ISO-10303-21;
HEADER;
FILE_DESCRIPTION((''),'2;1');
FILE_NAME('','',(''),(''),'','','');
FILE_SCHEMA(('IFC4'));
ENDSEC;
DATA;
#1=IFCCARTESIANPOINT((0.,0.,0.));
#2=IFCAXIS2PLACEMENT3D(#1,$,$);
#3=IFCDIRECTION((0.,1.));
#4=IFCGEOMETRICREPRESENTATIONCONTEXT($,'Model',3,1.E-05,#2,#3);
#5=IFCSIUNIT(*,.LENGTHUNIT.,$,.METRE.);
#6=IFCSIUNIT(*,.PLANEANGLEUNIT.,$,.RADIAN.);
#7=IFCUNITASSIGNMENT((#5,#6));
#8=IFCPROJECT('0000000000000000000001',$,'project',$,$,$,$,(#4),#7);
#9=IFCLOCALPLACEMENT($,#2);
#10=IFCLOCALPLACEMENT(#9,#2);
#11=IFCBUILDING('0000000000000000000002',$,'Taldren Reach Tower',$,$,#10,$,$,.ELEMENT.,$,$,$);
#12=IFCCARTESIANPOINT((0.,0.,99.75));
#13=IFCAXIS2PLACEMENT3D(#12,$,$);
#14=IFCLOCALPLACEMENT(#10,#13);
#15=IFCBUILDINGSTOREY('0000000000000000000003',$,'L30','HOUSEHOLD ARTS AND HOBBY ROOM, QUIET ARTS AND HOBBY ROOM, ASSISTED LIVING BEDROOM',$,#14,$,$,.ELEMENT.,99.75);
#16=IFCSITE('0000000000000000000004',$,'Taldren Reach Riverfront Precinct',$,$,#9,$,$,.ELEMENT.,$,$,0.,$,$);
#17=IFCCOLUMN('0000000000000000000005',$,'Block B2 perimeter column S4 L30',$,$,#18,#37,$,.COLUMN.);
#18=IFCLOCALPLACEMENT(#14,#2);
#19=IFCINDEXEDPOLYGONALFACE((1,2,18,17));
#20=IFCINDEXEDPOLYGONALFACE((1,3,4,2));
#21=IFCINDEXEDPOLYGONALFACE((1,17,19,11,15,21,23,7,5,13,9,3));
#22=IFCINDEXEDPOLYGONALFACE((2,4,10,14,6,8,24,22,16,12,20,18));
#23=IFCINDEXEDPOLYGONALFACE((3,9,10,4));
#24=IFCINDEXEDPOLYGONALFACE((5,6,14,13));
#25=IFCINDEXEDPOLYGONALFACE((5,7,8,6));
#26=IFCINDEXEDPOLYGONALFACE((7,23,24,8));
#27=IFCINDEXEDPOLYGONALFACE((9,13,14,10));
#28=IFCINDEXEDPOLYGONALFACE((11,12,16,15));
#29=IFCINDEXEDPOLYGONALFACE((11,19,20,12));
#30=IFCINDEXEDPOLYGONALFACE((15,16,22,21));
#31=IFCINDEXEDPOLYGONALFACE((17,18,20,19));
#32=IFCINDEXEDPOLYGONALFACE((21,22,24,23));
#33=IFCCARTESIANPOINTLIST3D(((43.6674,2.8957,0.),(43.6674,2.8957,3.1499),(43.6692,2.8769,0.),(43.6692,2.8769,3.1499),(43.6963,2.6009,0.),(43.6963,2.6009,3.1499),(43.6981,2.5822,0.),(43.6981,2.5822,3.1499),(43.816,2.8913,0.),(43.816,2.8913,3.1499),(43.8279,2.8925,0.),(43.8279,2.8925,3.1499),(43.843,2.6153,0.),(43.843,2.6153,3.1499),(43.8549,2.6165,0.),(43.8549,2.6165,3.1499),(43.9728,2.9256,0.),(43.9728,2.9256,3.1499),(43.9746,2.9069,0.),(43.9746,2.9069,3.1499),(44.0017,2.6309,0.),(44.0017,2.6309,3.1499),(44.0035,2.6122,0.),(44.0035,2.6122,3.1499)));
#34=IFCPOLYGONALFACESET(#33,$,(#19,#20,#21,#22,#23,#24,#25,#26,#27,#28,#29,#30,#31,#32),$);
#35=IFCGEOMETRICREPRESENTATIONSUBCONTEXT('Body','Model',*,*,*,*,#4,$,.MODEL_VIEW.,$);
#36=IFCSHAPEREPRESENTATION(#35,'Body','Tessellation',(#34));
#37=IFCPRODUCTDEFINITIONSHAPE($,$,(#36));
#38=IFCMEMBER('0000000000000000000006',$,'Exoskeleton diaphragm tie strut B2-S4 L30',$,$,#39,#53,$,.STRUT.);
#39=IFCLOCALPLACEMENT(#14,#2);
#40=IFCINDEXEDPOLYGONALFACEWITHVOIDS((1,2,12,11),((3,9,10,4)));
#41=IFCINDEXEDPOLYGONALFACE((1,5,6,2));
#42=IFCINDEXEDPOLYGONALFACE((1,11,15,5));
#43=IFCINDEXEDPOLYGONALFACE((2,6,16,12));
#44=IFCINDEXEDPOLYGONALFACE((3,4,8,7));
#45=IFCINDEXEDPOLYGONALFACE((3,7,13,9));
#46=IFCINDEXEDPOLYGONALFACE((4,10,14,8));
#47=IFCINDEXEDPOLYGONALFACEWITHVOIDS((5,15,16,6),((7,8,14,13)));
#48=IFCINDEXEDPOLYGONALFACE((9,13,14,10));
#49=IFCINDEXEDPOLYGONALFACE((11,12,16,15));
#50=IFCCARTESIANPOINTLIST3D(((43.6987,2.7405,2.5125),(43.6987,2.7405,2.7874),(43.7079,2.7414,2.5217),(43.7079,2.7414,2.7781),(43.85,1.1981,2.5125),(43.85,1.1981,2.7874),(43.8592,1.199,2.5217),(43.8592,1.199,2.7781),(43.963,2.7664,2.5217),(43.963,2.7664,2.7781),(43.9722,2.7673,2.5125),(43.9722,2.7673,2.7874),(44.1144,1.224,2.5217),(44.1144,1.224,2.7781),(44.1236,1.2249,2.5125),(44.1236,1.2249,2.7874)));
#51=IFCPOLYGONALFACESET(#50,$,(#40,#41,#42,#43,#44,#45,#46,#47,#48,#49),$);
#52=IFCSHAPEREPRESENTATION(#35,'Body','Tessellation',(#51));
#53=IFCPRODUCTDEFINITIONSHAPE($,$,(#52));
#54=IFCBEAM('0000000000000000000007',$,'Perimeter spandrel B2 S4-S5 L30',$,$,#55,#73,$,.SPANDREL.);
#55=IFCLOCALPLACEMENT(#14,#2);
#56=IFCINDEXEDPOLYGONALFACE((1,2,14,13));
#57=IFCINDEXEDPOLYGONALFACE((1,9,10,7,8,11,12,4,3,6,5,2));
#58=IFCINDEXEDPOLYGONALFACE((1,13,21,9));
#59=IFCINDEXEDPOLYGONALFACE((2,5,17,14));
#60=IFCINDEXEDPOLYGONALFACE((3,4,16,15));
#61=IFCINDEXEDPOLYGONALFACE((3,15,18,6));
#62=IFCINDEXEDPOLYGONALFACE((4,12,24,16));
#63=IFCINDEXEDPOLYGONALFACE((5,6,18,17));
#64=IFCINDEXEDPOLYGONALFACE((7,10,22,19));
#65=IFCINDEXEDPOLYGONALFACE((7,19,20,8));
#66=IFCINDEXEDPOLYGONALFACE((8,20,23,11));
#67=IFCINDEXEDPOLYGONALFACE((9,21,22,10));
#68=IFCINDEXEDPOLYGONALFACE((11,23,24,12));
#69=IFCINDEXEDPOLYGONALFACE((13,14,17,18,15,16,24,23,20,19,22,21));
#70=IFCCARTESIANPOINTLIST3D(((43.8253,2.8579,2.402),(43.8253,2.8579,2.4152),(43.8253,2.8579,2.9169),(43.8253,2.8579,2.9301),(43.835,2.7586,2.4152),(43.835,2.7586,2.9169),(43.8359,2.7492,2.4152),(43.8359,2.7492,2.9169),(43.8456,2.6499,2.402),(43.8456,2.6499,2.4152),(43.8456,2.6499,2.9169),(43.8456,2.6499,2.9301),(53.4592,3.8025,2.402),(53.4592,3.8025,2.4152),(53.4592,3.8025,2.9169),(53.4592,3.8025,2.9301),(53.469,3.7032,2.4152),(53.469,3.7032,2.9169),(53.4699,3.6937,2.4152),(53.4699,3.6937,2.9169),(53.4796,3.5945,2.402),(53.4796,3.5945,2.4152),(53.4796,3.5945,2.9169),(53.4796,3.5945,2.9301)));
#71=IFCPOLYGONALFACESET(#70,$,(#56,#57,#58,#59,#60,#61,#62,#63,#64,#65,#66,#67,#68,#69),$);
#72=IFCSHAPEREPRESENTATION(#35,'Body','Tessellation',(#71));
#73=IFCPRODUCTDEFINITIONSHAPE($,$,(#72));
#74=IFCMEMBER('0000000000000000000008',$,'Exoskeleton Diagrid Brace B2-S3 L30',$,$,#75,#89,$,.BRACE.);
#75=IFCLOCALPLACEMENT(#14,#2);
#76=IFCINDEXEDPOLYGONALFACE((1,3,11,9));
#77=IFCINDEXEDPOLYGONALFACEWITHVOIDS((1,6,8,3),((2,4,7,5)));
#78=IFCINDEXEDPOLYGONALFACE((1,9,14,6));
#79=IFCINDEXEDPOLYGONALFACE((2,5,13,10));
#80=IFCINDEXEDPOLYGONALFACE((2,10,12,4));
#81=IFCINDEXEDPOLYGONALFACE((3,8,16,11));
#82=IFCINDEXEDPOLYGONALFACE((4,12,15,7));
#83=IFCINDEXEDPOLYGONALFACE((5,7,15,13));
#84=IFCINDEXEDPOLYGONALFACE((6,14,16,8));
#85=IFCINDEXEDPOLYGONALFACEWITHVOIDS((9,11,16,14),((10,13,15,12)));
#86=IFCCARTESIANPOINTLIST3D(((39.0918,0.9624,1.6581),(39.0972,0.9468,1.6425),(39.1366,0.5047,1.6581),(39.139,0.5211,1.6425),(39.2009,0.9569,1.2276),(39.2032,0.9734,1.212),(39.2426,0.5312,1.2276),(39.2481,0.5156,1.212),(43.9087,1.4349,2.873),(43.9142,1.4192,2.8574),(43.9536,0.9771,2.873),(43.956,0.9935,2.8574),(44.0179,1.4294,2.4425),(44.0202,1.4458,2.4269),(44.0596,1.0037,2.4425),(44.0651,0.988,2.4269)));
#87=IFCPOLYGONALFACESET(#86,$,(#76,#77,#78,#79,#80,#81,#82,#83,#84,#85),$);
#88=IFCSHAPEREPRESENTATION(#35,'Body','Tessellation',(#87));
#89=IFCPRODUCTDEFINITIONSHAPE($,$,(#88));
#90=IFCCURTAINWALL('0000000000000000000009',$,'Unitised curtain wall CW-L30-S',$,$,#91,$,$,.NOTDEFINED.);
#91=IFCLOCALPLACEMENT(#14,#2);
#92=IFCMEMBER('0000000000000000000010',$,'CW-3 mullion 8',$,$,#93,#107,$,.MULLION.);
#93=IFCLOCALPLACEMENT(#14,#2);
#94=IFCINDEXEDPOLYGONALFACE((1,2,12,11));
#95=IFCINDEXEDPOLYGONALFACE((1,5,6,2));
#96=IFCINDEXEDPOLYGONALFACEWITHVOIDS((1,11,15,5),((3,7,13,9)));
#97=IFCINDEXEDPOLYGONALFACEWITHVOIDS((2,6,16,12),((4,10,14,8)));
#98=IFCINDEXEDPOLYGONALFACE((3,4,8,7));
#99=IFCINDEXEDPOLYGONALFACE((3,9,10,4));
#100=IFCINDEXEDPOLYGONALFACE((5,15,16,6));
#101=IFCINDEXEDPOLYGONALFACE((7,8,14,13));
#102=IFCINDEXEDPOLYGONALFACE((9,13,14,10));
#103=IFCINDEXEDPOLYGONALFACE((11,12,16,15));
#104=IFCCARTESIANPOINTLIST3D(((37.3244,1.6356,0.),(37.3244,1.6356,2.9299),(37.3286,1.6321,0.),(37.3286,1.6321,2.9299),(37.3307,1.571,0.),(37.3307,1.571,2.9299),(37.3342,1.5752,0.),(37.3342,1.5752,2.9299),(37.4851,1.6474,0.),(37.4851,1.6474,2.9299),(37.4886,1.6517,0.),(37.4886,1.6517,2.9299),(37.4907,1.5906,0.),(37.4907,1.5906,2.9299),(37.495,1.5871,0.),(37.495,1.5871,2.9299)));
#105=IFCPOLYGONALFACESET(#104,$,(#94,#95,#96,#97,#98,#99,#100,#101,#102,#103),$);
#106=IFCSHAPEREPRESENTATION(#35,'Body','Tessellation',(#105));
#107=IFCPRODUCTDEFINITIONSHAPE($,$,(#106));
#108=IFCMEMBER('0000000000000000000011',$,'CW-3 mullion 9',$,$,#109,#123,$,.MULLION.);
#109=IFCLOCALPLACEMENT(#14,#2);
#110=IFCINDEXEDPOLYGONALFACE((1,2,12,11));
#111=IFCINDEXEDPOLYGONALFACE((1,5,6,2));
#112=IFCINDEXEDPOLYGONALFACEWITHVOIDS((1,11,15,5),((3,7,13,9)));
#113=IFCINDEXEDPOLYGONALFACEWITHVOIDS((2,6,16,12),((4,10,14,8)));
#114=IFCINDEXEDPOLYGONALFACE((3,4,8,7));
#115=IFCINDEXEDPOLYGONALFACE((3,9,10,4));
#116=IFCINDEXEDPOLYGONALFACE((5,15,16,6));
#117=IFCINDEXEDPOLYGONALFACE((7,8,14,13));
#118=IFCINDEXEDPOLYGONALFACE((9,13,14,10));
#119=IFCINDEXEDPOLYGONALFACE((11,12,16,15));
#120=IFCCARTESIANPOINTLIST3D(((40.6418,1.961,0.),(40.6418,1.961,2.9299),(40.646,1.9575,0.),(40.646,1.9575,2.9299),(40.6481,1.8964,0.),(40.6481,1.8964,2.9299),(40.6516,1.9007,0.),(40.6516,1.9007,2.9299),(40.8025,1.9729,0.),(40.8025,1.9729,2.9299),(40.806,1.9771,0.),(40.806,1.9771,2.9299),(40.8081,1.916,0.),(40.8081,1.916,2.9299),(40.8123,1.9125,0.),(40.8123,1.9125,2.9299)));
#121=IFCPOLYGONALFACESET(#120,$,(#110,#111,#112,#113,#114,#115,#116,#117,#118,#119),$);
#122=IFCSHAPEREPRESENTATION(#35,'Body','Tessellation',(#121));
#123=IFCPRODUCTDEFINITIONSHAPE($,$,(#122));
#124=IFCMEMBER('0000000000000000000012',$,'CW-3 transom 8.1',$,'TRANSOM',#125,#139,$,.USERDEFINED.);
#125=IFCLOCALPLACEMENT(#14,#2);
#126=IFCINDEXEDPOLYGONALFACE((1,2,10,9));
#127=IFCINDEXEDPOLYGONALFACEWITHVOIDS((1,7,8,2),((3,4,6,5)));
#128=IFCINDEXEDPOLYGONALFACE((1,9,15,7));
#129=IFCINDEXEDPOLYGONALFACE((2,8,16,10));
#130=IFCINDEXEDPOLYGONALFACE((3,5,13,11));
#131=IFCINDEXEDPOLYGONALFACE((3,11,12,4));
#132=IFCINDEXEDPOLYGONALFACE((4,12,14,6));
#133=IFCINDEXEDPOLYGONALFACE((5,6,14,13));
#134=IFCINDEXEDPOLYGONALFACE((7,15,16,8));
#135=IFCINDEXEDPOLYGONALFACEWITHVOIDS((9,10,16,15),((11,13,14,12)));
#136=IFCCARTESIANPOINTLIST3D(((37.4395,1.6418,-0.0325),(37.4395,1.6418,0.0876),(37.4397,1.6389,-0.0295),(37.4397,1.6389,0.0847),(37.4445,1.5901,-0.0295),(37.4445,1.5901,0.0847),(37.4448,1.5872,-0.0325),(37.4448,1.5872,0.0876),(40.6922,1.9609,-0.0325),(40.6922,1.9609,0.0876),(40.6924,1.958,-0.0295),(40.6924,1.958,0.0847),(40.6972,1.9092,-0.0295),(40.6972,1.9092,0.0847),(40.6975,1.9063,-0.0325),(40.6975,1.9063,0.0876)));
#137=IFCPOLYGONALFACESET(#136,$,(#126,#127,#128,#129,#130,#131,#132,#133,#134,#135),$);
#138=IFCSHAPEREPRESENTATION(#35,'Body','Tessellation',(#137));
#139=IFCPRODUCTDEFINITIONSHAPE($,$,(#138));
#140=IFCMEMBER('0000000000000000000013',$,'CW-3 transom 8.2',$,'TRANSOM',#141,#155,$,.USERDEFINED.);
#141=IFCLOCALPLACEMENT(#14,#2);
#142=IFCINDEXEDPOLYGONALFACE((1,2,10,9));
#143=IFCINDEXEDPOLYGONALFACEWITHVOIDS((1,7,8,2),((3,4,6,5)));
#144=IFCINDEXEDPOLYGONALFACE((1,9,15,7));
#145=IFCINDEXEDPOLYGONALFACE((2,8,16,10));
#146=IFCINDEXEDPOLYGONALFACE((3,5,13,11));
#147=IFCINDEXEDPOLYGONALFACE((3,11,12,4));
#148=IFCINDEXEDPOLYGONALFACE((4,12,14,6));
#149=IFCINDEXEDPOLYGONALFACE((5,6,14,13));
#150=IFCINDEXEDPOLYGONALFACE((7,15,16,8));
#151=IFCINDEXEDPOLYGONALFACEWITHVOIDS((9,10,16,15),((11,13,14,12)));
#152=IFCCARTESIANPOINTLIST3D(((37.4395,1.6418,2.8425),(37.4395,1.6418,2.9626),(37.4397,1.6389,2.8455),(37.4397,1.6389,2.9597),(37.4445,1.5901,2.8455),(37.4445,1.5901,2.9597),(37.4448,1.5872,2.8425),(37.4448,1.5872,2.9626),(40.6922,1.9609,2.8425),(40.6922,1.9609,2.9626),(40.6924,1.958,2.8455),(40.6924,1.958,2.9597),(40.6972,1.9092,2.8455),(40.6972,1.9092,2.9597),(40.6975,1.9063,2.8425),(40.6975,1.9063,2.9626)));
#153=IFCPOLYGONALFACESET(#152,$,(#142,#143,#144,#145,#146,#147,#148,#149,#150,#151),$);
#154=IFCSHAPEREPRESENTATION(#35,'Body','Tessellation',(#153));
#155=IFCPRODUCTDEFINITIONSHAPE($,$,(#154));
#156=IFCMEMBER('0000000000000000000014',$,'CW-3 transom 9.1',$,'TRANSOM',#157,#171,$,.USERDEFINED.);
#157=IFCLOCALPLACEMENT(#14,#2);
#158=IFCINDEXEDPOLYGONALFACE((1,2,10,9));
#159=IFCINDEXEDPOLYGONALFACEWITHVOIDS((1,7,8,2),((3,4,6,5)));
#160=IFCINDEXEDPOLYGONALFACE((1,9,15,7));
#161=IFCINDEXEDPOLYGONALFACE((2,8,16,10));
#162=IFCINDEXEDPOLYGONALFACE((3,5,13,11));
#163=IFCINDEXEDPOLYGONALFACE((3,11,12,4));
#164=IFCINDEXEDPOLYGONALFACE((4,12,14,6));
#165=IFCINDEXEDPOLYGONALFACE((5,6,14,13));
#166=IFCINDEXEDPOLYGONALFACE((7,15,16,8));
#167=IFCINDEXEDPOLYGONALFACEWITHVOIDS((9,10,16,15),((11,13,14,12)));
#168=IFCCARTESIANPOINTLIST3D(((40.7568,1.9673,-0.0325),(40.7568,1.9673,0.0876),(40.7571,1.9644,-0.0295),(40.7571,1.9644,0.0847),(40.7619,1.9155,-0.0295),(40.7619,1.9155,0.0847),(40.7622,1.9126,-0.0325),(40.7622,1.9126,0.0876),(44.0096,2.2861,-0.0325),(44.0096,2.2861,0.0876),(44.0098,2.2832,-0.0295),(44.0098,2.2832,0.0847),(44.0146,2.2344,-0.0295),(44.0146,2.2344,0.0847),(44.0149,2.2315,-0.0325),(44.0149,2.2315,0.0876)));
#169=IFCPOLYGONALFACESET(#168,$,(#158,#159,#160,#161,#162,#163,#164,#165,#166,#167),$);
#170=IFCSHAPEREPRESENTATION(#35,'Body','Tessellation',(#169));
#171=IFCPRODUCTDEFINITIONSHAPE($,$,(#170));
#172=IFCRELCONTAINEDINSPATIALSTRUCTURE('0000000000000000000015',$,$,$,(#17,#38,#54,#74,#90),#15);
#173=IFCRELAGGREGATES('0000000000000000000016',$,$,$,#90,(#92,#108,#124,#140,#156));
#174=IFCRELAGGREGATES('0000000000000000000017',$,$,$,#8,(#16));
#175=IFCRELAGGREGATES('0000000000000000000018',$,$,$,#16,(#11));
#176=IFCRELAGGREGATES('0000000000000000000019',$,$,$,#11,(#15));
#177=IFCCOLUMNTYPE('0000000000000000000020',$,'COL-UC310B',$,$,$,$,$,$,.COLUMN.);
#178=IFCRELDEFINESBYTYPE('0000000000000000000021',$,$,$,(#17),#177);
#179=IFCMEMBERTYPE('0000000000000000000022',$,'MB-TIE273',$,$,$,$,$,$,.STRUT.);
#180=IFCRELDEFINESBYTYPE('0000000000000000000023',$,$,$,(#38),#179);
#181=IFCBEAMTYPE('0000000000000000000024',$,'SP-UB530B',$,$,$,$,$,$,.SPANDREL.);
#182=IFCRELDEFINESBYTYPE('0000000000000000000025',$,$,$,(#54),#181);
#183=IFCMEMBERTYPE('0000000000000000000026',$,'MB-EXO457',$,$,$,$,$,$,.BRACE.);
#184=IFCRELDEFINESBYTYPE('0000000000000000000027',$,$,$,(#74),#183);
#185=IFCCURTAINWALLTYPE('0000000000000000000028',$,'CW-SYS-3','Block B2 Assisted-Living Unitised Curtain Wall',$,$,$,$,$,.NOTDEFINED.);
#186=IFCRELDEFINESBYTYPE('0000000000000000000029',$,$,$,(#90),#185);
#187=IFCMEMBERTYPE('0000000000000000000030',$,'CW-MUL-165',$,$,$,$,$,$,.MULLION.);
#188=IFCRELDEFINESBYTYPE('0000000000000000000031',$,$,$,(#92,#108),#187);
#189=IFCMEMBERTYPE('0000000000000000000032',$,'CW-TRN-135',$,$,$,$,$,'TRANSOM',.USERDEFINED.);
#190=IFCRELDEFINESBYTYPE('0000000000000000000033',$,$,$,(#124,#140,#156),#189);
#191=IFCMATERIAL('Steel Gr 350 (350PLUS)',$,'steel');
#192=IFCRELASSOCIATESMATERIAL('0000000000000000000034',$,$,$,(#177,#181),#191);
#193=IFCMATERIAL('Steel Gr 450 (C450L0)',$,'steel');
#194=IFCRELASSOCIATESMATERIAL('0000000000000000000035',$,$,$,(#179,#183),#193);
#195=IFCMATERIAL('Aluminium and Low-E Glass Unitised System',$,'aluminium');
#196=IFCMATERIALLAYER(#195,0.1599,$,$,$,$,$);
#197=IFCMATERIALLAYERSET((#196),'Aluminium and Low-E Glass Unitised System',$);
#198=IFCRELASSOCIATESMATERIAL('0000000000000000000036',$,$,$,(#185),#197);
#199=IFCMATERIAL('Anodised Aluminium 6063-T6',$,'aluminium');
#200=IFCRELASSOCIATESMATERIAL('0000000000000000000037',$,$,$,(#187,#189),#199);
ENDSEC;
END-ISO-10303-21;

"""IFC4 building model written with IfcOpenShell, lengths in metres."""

from ifc_helpers import new_model, si_unit, direction, frame, origin, origin_2d, place, context, subcontext, project, spatial, hollow_rectangle, i_section, extrude, source, transform, mapped, material, layer, layer_set, material_profile, profile_set, type_object, element, aggregate, save


model = new_model("IFC4")

# Units and contexts
model_context = context("Model", 3, precision=1e-05, world=origin(), true_north=direction((0.0, 1.0)))
body_context = subcontext(model_context, "Body", "Model", "MODEL_VIEW")
ifc_project = project(units=[si_unit("LENGTHUNIT", "METRE"), si_unit("PLANEANGLEUNIT", "RADIAN")], contexts=[model_context])

# Site, building, storey
site_placement = place(None, origin())
site = spatial("IfcSite", under=ifc_project, at=site_placement, Name="Taldren Reach Riverfront Precinct", CompositionType="ELEMENT", RefElevation=0.0)
building_placement = place(site_placement, origin())
building = spatial("IfcBuilding", under=site, at=building_placement, Name="Taldren Reach Tower", CompositionType="ELEMENT")
storey_placement = place(building_placement, frame((0.0, 0.0, 99.75)))
storey = spatial("IfcBuildingStorey", under=building, at=storey_placement, Name="L30", Description="HOUSEHOLD ARTS AND HOBBY ROOM, QUIET ARTS AND HOBBY ROOM, ASSISTED LIVING BEDROOM", CompositionType="ELEMENT", Elevation=99.75)

# Column
ifc_material_1 = material(Name="Steel Gr 350 (350PLUS)", Category="steel")
ifc_material_profile_1 = material_profile(ifc_material_1, i_section(OverallWidth=0.3069, OverallDepth=0.3149, WebThickness=0.012, FlangeThickness=0.0188, at=origin_2d()), Name="310UC118")
ifc_profile_set_1 = profile_set([ifc_material_profile_1], Name="Steel Gr 350 (350PLUS)")
column_type = type_object("IfcColumnType", Name="COL-UC310B", PredefinedType="COLUMN", material=ifc_profile_set_1)
shared_shape_1 = source(origin(), body_context, "Body", "SweptSolid", [
    extrude(i_section(OverallWidth=0.3069, OverallDepth=0.3149, WebThickness=0.012, FlangeThickness=0.0188, at=origin_2d()), origin(), (0.0, 0.0, 1.0), 3.1499),
])
column_placement = place(storey_placement, frame((43.8354, 2.7539, 0.0), z_axis=(0.0, 0.0, 1.0), x_axis=(0.995227, 0.097583, 0.0)))
element("IfcColumn", 1, at=column_placement, inside=storey, type_object=column_type, Name="Block B2 perimeter column S4 L30", PredefinedType="COLUMN", context=body_context, shape_type="MappedRepresentation", body=[
    mapped(shared_shape_1, transform((0.0, 0.0, 0.0), scale=1.0)),
])

# Member
ifc_material_2 = material(Name="Steel Gr 450 (C450L0)", Category="steel")
ifc_material_profile_2 = material_profile(ifc_material_2, hollow_rectangle(XDim=0.2749, YDim=0.2749, WallThickness=0.0093, at=origin_2d()), Name="275x275x9.3SHS")
ifc_profile_set_2 = profile_set([ifc_material_profile_2], Name="Steel Gr 450 (C450L0)")
member_type_1 = type_object("IfcMemberType", Name="MB-TIE273", PredefinedType="STRUT", material=ifc_profile_set_2)
shared_shape_2 = source(origin(), body_context, "Body", "SweptSolid", [
    extrude(hollow_rectangle(XDim=0.2749, YDim=0.2749, WallThickness=0.0093, at=origin_2d()), origin(), (0.0, 0.0, 1.0), 1.5498),
])
member_1_placement = place(storey_placement, frame((43.8354, 2.7539, 2.6499), z_axis=(0.097663, -0.99522, 0.0), x_axis=(0.99522, 0.097663, 0.0)))
element("IfcMember", 2, at=member_1_placement, inside=storey, type_object=member_type_1, Name="Exoskeleton diaphragm tie strut B2-S4 L30", PredefinedType="STRUT", context=body_context, shape_type="MappedRepresentation", body=[
    mapped(shared_shape_2, transform((0.0, 0.0, 0.0), scale=1.0)),
])

# Beam
ifc_material_profile_3 = material_profile(ifc_material_1, i_section(OverallWidth=0.209, OverallDepth=0.5281, WebThickness=0.0095, FlangeThickness=0.0132, at=origin_2d()), Name="530UB82.0")
ifc_profile_set_3 = profile_set([ifc_material_profile_3], Name="Steel Gr 350 (350PLUS)")
beam_type = type_object("IfcBeamType", Name="SP-UB530B", PredefinedType="SPANDREL", material=ifc_profile_set_3)
shared_shape_3 = source(origin(), body_context, "Body", "SweptSolid", [
    extrude(i_section(OverallWidth=0.209, OverallDepth=0.5281, WebThickness=0.0095, FlangeThickness=0.0132, at=origin_2d()), origin(), (0.0, 0.0, 1.0), 9.6802),
])
beam_placement = place(storey_placement, frame((43.8354, 2.7539, 2.666), z_axis=(0.995228, 0.097578, 0.0), x_axis=(-0.097578, 0.995228, 0.0)))
element("IfcBeam", 3, at=beam_placement, inside=storey, type_object=beam_type, Name="Perimeter spandrel B2 S4-S5 L30", PredefinedType="SPANDREL", context=body_context, shape_type="MappedRepresentation", body=[
    mapped(shared_shape_3, transform((0.0, 0.0, 0.0), scale=1.0)),
])

# Member
ifc_material_profile_4 = material_profile(ifc_material_2, hollow_rectangle(XDim=0.46, YDim=0.46, WallThickness=0.0161, at=origin_2d()), Name="460x460x16.0SHS")
ifc_profile_set_4 = profile_set([ifc_material_profile_4], Name="Steel Gr 450 (C450L0)")
member_type_2 = type_object("IfcMemberType", Name="MB-EXO457", PredefinedType="BRACE", material=ifc_profile_set_4)
shared_shape_4 = source(origin(), body_context, "Body", "SweptSolid", [
    extrude(hollow_rectangle(XDim=0.46, YDim=0.46, WallThickness=0.0161, at=origin_2d()), origin(), (0.0, 0.0, 1.0), 4.9902),
])
member_2_placement = place(storey_placement, frame((39.1699, 0.739, 1.4351), z_axis=(0.965283, 0.094669, 0.243449), x_axis=(-0.097606, 0.995225, 0.0)))
element("IfcMember", 4, at=member_2_placement, inside=storey, type_object=member_type_2, Name="Exoskeleton Diagrid Brace B2-S3 L30", PredefinedType="BRACE", context=body_context, shape_type="MappedRepresentation", body=[
    mapped(shared_shape_4, transform((0.0, 0.0, 0.0), scale=1.0)),
])

# Curtain wall, members
ifc_material_3 = material(Name="Aluminium and Low-E Glass Unitised System", Category="aluminium")
ifc_layer_1 = layer(ifc_material_3, 0.1599)
ifc_layer_set_1 = layer_set([ifc_layer_1], Name="Aluminium and Low-E Glass Unitised System")
curtain_wall_type = type_object("IfcCurtainWallType", Name="CW-SYS-3", Description="Block B2 Assisted-Living Unitised Curtain Wall", PredefinedType="NOTDEFINED", material=ifc_layer_set_1)
curtain_wall_placement = place(storey_placement, origin())
curtain_wall = element("IfcCurtainWall", 5, at=curtain_wall_placement, inside=storey, type_object=curtain_wall_type, Name="Unitised curtain wall CW-L30-S", PredefinedType="NOTDEFINED")
ifc_material_4 = material(Name="Anodised Aluminium 6063-T6", Category="aluminium")
ifc_material_profile_5 = material_profile(ifc_material_4, hollow_rectangle(XDim=0.0649, YDim=0.165, WallThickness=0.0039, at=origin_2d()), Name="ALU-165x65x4RHS")
ifc_profile_set_5 = profile_set([ifc_material_profile_5], Name="Anodised Aluminium 6063-T6")
member_type_3 = type_object("IfcMemberType", Name="CW-MUL-165", PredefinedType="MULLION", material=ifc_profile_set_5)
shared_shape_5 = source(origin(), body_context, "Body", "SweptSolid", [
    extrude(hollow_rectangle(XDim=0.0649, YDim=0.165, WallThickness=0.0039, at=origin_2d()), origin(), (0.0, 0.0, 1.0), 2.9299),
])
member_3_placement = place(storey_placement, frame((37.4097, 1.6113, 0.0), z_axis=(0.0, 0.0, 1.0), x_axis=(-0.097583, 0.995227, 0.0)))
member_3 = element("IfcMember", 6, at=member_3_placement, type_object=member_type_3, Name="CW-3 mullion 8", PredefinedType="MULLION", context=body_context, shape_type="MappedRepresentation", body=[
    mapped(shared_shape_5, transform((0.0, 0.0, 0.0), scale=1.0)),
])
member_4_placement = place(storey_placement, frame((40.7271, 1.9368, 0.0), z_axis=(0.0, 0.0, 1.0), x_axis=(-0.097583, 0.995227, 0.0)))
member_4 = element("IfcMember", 7, at=member_4_placement, type_object=member_type_3, Name="CW-3 mullion 9", PredefinedType="MULLION", context=body_context, shape_type="MappedRepresentation", body=[
    mapped(shared_shape_5, transform((0.0, 0.0, 0.0), scale=1.0)),
])
ifc_material_profile_6 = material_profile(ifc_material_4, hollow_rectangle(XDim=0.0549, YDim=0.1201, WallThickness=0.0029, at=origin_2d()), Name="ALU-120x55x3RHS")
ifc_profile_set_6 = profile_set([ifc_material_profile_6], Name="Anodised Aluminium 6063-T6")
member_type_4 = type_object("IfcMemberType", Name="CW-TRN-135", ElementType="TRANSOM", PredefinedType="USERDEFINED", material=ifc_profile_set_6)
shared_shape_6 = source(origin(), body_context, "Body", "SweptSolid", [
    extrude(hollow_rectangle(XDim=0.0549, YDim=0.1201, WallThickness=0.0029, at=origin_2d()), origin(), (0.0, 0.0, 1.0), 3.2683),
])
member_5_placement = place(storey_placement, frame((37.4421, 1.6145, 0.0276), z_axis=(0.995223, 0.097632, 0.0), x_axis=(-0.097632, 0.995223, 0.0)))
member_5 = element("IfcMember", 8, at=member_5_placement, type_object=member_type_4, Name="CW-3 transom 8.1", ObjectType="TRANSOM", PredefinedType="USERDEFINED", context=body_context, shape_type="MappedRepresentation", body=[
    mapped(shared_shape_6, transform((0.0, 0.0, 0.0), scale=1.0)),
])
member_6_placement = place(storey_placement, frame((37.4421, 1.6145, 2.9026), z_axis=(0.995223, 0.097632, 0.0), x_axis=(-0.097632, 0.995223, 0.0)))
member_6 = element("IfcMember", 9, at=member_6_placement, type_object=member_type_4, Name="CW-3 transom 8.2", ObjectType="TRANSOM", PredefinedType="USERDEFINED", context=body_context, shape_type="MappedRepresentation", body=[
    mapped(shared_shape_6, transform((0.0, 0.0, 0.0), scale=1.0)),
])
member_7_placement = place(storey_placement, frame((40.7595, 1.9399, 0.0276), z_axis=(0.99523, 0.097558, 0.0), x_axis=(-0.097558, 0.99523, 0.0)))
member_7 = element("IfcMember", 10, at=member_7_placement, type_object=member_type_4, Name="CW-3 transom 9.1", ObjectType="TRANSOM", PredefinedType="USERDEFINED", context=body_context, shape_type="MappedRepresentation", body=[
    mapped(shared_shape_6, transform((0.0, 0.0, 0.0), scale=1.0)),
])
aggregate(curtain_wall, [member_3, member_4, member_5, member_6, member_7])

save(model, "model.ifc")
